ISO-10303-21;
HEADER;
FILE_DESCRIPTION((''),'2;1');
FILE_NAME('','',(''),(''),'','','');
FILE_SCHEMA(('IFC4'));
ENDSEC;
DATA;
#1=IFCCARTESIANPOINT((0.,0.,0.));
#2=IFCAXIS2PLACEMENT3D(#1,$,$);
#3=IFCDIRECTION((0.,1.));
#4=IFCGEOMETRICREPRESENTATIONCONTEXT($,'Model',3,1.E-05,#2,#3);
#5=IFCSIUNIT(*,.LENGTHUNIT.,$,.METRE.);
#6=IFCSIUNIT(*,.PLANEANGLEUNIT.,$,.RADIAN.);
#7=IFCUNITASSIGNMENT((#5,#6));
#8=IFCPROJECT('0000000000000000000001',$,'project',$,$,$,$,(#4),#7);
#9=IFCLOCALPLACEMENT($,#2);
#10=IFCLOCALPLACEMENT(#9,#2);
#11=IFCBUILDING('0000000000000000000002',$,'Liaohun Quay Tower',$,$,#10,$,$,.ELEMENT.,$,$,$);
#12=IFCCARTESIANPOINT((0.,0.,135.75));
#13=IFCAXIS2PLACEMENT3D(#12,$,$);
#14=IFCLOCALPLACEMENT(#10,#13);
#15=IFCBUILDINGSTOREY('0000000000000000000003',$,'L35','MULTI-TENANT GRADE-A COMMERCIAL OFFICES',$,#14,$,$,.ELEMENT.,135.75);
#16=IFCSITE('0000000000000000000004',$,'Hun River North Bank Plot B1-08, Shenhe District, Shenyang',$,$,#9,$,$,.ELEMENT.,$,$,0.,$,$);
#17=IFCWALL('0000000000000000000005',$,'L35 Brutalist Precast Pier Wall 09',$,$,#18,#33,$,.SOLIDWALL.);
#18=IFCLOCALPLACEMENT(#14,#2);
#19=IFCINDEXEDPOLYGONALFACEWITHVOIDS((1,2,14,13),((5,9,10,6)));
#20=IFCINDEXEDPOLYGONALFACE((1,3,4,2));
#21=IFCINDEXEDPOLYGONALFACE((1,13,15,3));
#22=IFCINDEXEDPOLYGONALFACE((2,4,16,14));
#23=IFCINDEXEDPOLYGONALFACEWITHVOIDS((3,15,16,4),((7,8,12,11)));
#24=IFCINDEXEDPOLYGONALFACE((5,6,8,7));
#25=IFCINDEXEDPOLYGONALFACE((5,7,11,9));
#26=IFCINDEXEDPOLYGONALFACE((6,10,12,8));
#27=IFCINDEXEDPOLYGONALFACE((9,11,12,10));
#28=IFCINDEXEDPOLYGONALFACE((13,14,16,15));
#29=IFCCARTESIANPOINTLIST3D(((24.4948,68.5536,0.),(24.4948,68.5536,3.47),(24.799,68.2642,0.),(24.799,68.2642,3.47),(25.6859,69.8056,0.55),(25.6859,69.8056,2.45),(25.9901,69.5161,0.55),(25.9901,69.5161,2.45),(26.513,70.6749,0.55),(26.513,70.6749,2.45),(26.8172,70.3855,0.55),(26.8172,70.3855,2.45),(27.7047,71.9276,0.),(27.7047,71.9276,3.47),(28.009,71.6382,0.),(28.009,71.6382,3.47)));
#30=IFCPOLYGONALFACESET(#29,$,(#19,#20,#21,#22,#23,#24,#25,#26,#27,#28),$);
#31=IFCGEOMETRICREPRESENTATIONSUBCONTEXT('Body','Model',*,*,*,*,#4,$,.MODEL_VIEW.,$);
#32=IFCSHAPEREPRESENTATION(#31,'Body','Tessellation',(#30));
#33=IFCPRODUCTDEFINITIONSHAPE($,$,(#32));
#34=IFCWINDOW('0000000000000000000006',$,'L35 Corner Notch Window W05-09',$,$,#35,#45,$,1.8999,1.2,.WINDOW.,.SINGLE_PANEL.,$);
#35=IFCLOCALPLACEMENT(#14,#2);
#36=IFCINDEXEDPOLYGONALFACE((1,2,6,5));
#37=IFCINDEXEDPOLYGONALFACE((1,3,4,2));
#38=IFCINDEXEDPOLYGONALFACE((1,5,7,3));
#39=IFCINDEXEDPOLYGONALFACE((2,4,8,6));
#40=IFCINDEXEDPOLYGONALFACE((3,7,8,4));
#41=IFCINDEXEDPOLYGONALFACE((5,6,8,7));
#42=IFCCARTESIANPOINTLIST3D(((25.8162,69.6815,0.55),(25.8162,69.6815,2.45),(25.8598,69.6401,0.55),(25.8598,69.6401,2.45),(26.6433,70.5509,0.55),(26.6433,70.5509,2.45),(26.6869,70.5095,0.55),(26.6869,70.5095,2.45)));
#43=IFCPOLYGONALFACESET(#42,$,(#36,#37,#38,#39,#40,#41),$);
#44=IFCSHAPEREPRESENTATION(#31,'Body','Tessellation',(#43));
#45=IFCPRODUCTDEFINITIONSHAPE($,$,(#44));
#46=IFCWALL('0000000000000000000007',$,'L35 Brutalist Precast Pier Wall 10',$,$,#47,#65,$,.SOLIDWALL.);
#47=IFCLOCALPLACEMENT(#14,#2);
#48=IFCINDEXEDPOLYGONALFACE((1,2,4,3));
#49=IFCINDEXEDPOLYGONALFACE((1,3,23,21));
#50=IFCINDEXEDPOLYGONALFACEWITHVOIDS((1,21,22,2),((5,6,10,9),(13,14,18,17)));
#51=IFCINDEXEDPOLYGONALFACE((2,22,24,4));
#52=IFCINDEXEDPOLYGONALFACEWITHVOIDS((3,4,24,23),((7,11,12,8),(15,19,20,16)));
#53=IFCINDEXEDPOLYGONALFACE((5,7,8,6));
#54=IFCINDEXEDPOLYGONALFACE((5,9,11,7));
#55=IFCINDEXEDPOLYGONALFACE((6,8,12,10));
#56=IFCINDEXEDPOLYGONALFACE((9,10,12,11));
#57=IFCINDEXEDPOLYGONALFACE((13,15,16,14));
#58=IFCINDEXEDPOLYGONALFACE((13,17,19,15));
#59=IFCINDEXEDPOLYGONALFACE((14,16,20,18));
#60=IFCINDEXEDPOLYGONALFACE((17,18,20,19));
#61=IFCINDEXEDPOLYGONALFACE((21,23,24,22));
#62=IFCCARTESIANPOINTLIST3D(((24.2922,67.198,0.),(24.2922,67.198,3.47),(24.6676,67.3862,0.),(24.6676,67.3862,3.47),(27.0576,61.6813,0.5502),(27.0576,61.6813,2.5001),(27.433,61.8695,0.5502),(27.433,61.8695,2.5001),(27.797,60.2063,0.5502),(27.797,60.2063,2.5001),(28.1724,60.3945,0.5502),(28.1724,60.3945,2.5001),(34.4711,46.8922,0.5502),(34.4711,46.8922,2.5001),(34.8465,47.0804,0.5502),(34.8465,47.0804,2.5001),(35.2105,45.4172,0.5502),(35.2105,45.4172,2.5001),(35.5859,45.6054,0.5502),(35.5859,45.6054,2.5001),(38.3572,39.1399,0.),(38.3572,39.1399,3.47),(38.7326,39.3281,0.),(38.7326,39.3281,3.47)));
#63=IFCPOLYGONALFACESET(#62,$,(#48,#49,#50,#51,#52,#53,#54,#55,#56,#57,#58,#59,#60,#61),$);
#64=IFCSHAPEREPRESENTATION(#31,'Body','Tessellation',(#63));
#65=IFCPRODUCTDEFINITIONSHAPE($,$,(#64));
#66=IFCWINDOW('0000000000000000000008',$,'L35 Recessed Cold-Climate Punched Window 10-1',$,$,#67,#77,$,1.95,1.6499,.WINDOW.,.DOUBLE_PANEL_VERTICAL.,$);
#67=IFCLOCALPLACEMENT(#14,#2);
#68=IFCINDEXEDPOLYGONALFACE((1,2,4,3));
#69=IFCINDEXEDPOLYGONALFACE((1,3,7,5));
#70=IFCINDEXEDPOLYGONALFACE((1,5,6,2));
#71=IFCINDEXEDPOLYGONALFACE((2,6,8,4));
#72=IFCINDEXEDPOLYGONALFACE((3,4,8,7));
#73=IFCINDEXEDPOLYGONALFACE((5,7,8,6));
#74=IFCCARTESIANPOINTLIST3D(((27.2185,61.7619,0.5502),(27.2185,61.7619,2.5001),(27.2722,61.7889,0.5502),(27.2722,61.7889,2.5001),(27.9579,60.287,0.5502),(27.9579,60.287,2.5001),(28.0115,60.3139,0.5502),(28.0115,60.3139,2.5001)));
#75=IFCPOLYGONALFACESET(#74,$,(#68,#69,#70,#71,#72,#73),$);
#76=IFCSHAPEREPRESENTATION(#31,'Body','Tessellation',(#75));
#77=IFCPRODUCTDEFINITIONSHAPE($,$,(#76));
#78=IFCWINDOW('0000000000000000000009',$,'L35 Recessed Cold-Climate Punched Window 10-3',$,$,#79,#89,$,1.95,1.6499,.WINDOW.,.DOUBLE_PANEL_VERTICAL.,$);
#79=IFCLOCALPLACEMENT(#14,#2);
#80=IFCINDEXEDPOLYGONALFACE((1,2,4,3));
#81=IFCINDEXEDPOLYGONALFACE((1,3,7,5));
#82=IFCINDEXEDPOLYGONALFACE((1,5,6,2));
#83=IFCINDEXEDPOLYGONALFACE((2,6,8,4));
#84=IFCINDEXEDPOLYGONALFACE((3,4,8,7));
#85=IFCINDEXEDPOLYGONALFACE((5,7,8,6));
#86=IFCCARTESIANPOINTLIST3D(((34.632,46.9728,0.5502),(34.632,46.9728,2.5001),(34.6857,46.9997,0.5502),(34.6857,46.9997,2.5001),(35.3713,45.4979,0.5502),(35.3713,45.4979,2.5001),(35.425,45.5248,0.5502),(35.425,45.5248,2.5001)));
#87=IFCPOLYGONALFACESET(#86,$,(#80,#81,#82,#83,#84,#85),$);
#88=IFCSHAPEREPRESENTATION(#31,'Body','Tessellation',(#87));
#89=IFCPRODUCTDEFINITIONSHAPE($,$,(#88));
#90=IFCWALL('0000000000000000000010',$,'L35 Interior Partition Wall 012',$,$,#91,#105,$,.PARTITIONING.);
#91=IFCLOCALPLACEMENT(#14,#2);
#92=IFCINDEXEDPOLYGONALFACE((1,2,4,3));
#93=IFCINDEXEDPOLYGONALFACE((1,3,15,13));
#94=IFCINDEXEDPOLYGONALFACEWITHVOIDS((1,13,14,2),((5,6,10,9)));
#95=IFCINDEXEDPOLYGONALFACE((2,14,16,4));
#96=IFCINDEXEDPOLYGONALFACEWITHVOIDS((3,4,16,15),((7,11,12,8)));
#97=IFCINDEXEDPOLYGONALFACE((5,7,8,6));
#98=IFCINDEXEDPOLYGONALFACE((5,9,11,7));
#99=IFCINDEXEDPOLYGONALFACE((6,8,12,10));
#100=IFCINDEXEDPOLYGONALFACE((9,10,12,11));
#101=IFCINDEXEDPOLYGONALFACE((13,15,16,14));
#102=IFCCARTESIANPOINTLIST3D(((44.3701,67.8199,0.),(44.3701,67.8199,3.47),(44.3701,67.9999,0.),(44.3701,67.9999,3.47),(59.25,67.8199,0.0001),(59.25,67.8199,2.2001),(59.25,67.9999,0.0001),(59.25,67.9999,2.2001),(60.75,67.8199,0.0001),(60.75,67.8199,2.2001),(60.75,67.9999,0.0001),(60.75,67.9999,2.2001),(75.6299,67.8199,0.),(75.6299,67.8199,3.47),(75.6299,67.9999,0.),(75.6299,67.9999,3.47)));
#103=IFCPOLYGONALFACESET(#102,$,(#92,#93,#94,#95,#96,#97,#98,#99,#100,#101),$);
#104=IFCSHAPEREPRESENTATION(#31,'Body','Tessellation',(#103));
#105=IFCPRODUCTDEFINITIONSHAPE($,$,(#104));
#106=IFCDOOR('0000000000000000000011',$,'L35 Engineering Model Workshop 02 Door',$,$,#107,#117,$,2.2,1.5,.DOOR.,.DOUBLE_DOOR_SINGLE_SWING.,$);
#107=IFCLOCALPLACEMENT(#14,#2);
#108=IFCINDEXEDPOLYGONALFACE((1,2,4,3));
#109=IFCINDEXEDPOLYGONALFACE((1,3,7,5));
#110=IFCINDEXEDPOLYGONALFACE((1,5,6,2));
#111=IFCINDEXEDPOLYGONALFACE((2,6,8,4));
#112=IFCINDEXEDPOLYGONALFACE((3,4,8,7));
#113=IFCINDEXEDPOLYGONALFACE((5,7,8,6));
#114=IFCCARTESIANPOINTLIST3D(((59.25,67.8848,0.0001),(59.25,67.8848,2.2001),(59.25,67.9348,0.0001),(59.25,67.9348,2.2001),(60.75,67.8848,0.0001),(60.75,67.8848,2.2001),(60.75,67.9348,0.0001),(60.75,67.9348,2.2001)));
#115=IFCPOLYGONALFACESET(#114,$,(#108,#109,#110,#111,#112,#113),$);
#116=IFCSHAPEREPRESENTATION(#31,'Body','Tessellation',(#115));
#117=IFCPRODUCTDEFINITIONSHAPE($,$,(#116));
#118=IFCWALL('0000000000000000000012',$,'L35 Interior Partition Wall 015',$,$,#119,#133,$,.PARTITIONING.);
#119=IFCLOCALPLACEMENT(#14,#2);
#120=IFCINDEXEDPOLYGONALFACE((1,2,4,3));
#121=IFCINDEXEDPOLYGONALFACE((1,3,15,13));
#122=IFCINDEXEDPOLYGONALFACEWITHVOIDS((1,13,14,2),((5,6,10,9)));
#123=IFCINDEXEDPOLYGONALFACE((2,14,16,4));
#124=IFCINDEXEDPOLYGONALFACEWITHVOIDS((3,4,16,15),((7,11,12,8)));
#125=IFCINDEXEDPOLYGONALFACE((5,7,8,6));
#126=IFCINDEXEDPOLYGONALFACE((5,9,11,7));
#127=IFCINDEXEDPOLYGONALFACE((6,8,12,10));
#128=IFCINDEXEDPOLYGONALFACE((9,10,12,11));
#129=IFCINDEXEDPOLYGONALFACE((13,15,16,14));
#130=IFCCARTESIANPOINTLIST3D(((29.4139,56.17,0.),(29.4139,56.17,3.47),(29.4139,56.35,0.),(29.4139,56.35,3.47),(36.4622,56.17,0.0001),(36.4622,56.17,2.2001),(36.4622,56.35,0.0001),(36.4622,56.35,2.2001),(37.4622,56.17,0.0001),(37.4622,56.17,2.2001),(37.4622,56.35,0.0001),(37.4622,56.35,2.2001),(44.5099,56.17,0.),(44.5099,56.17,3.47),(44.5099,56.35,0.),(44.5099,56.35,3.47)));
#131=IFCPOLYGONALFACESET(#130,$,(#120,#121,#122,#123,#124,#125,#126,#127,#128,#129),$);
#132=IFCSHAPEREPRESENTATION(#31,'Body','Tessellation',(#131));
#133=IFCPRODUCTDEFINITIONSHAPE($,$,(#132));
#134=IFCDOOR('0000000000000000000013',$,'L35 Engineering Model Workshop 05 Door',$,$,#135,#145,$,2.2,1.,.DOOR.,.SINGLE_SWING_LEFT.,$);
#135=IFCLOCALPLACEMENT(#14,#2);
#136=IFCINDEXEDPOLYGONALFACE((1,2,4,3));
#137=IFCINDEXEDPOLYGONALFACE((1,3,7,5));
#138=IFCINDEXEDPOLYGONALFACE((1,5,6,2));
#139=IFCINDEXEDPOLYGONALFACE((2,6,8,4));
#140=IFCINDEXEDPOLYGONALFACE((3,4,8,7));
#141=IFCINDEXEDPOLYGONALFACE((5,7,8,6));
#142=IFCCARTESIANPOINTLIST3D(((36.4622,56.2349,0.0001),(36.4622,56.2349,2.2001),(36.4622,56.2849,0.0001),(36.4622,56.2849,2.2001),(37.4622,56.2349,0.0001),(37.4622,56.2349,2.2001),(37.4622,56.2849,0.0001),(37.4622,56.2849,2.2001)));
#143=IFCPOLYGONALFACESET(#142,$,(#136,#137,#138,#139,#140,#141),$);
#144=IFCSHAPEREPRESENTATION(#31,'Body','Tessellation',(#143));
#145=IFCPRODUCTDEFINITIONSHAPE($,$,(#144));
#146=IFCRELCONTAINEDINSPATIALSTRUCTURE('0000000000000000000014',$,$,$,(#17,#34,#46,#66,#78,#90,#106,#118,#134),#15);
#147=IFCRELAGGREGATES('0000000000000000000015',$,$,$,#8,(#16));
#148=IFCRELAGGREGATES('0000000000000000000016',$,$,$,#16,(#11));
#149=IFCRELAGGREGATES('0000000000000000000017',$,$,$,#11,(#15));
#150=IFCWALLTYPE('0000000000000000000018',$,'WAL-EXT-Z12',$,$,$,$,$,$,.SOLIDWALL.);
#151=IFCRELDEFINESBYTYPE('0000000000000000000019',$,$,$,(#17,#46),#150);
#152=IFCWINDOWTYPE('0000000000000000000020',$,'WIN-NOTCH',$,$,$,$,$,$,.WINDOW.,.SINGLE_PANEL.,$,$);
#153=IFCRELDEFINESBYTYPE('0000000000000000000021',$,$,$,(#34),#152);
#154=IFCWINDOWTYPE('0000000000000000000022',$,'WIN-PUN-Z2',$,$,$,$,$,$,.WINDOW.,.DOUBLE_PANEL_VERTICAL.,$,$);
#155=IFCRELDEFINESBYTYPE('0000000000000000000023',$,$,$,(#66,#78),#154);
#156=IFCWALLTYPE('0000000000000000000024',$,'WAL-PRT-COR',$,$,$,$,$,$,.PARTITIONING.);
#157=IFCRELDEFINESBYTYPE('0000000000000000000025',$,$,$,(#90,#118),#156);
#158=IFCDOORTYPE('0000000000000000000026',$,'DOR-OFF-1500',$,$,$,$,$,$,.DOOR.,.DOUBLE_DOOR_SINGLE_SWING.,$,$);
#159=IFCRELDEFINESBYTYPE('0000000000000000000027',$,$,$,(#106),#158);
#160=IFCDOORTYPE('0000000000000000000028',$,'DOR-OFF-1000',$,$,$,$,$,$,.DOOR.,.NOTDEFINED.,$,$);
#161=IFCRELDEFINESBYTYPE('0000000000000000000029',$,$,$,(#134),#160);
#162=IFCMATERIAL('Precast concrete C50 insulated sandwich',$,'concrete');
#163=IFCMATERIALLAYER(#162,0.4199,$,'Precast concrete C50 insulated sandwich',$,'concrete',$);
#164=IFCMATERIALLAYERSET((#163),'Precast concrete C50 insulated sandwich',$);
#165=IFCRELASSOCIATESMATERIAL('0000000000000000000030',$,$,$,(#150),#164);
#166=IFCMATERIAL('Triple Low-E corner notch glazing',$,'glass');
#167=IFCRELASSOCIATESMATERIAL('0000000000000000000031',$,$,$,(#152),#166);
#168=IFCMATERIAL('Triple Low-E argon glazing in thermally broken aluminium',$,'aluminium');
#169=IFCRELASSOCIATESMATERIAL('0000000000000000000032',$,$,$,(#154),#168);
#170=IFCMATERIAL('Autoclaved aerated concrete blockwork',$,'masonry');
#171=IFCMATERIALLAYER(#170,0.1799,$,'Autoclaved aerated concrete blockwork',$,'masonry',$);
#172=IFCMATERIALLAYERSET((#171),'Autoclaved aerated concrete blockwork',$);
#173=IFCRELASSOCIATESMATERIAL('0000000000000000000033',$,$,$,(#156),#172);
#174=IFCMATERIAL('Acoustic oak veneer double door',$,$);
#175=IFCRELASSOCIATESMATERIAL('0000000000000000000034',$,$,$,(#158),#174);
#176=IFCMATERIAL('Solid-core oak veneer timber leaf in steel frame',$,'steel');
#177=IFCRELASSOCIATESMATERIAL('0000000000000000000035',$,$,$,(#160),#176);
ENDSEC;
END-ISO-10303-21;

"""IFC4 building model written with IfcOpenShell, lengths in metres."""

from ifc_helpers import new_model, si_unit, direction, frame, frame_2d, origin, place, context, subcontext, project, spatial, rectangle, extrude, source, transform, mapped, material, layer, layer_set, type_object, element, fill, save


model = new_model("IFC4")

# Units and contexts
model_context = context("Model", 3, precision=1e-05, world=origin(), true_north=direction((0.0, 1.0)))
body_context = subcontext(model_context, "Body", "Model", "MODEL_VIEW")
ifc_project = project(units=[si_unit("LENGTHUNIT", "METRE"), si_unit("PLANEANGLEUNIT", "RADIAN")], contexts=[model_context])

# Site, building, storey
site_placement = place(None, origin())
site = spatial("IfcSite", under=ifc_project, at=site_placement, Name="Hun River North Bank Plot B1-08, Shenhe District, Shenyang", CompositionType="ELEMENT", RefElevation=0.0)
building_placement = place(site_placement, origin())
building = spatial("IfcBuilding", under=site, at=building_placement, Name="Liaohun Quay Tower", CompositionType="ELEMENT")
storey_placement = place(building_placement, frame((0.0, 0.0, 135.75)))
storey = spatial("IfcBuildingStorey", under=building, at=storey_placement, Name="L35", Description="MULTI-TENANT GRADE-A COMMERCIAL OFFICES", CompositionType="ELEMENT", Elevation=135.75)

# Wall, opening, window
ifc_material_1 = material(Name="Precast concrete C50 insulated sandwich", Category="concrete")
ifc_layer_1 = layer(ifc_material_1, 0.4199, Name="Precast concrete C50 insulated sandwich", Category="concrete")
ifc_layer_set_1 = layer_set([ifc_layer_1], Name="Precast concrete C50 insulated sandwich")
wall_type_1 = type_object("IfcWallType", Name="WAL-EXT-Z12", PredefinedType="SOLIDWALL", material=ifc_layer_set_1)
shared_shape_1 = source(origin(), body_context, "Body", "SweptSolid", [
    extrude(rectangle(XDim=1.2, YDim=1.8999, at=frame_2d((0.6001, 0.95))), frame((0.0, 0.22, 0.0), z_axis=(0.0, -1.0, 0.0), x_axis=(1.0, 0.0, 0.0)), (0.0, 0.0, 1.0), 0.4399),
])
ifc_material_2 = material(Name="Triple Low-E corner notch glazing", Category="glass")
window_type_1 = type_object("IfcWindowType", Name="WIN-NOTCH", PartitioningType="SINGLE_PANEL", PredefinedType="WINDOW", material=ifc_material_2)
shared_shape_2 = source(origin(), body_context, "Body", "SweptSolid", [
    extrude(rectangle(XDim=1.2, YDim=1.8999, at=frame_2d((0.6001, 0.95))), frame((0.0, 0.03, 0.0), z_axis=(0.0, -1.0, 0.0), x_axis=(1.0, 0.0, 0.0)), (0.0, 0.0, 1.0), 0.0601),
])
wall_1_placement = place(storey_placement, frame((27.8569, 71.783, 0.0), z_axis=(0.0, 0.0, 1.0), x_axis=(-0.689273, -0.724502, 0.0)))
wall_1 = element("IfcWall", 1, at=wall_1_placement, inside=storey, type_object=wall_type_1, Name="L35 Brutalist Precast Pier Wall 09", PredefinedType="SOLIDWALL", context=body_context, shape_type="SweptSolid", body=[
    extrude(rectangle(XDim=4.657, YDim=0.4199, at=frame_2d((2.3286, 0.0))), origin(), (0.0, 0.0, 1.0), 3.47),
])
opening_1_placement = place(wall_1_placement, frame((1.729, 0.0, 0.55)))
opening_1 = element("IfcOpeningElement", 2, at=opening_1_placement, cuts=wall_1, PredefinedType="OPENING", context=body_context, shape_type="MappedRepresentation", body=[
    mapped(shared_shape_1, transform((0.0, 0.0, 0.0), x_axis=(1.0, 0.0, 0.0), y_axis=(0.0, 1.0, 0.0), z_axis=(0.0, 0.0, 1.0), scale=1.0)),
])
window_1_placement = place(opening_1_placement, origin())
window_1 = element("IfcWindow", 3, at=window_1_placement, inside=storey, type_object=window_type_1, Name="L35 Corner Notch Window W05-09", OverallHeight=1.8999, OverallWidth=1.2, PartitioningType="SINGLE_PANEL", PredefinedType="WINDOW", context=body_context, shape_type="MappedRepresentation", body=[
    mapped(shared_shape_2, transform((0.0, 0.0, 0.0), x_axis=(1.0, 0.0, 0.0), y_axis=(0.0, 1.0, 0.0), z_axis=(0.0, 0.0, 1.0), scale=1.0)),
])
fill(opening_1, window_1)

# Wall, openings, windows
wall_2_placement = place(storey_placement, frame((24.48, 67.292, 0.0), z_axis=(0.0, 0.0, 1.0), x_axis=(0.448128, -0.893969, 0.0)))
wall_2 = element("IfcWall", 4, at=wall_2_placement, inside=storey, type_object=wall_type_1, Name="L35 Brutalist Precast Pier Wall 10", PredefinedType="SOLIDWALL", context=body_context, shape_type="SweptSolid", body=[
    extrude(rectangle(XDim=31.386, YDim=0.4199, at=frame_2d((15.6929, 0.0))), origin(), (0.0, 0.0, 1.0), 3.47),
])
shared_shape_3 = source(origin(), body_context, "Body", "SweptSolid", [
    extrude(rectangle(XDim=1.6499, YDim=1.95, at=frame_2d((0.825, 0.9751))), frame((0.0, 0.22, 0.0), z_axis=(0.0, -1.0, 0.0), x_axis=(1.0, 0.0, 0.0)), (0.0, 0.0, 1.0), 0.4399),
])
opening_2_placement = place(wall_2_placement, frame((6.1709, 0.0, 0.55)))
opening_2 = element("IfcOpeningElement", 5, at=opening_2_placement, cuts=wall_2, PredefinedType="OPENING", context=body_context, shape_type="MappedRepresentation", body=[
    mapped(shared_shape_3, transform((0.0, 0.0, 0.0), x_axis=(1.0, 0.0, 0.0), y_axis=(0.0, 1.0, 0.0), z_axis=(0.0, 0.0, 1.0), scale=1.0)),
])
opening_3_placement = place(wall_2_placement, frame((22.7141, 0.0, 0.55)))
opening_3 = element("IfcOpeningElement", 6, at=opening_3_placement, cuts=wall_2, PredefinedType="OPENING", context=body_context, shape_type="MappedRepresentation", body=[
    mapped(shared_shape_3, transform((0.0, 0.0, 0.0), x_axis=(1.0, 0.0, 0.0), y_axis=(0.0, 1.0, 0.0), z_axis=(0.0, 0.0, 1.0), scale=1.0)),
])
ifc_material_3 = material(Name="Triple Low-E argon glazing in thermally broken aluminium", Category="aluminium")
window_type_2 = type_object("IfcWindowType", Name="WIN-PUN-Z2", PartitioningType="DOUBLE_PANEL_VERTICAL", PredefinedType="WINDOW", material=ifc_material_3)
shared_shape_4 = source(origin(), body_context, "Body", "SweptSolid", [
    extrude(rectangle(XDim=1.6499, YDim=1.95, at=frame_2d((0.825, 0.9751))), frame((0.0, 0.03, 0.0), z_axis=(0.0, -1.0, 0.0), x_axis=(1.0, 0.0, 0.0)), (0.0, 0.0, 1.0), 0.0601),
])
window_2_placement = place(opening_2_placement, origin())
window_2 = element("IfcWindow", 7, at=window_2_placement, inside=storey, type_object=window_type_2, Name="L35 Recessed Cold-Climate Punched Window 10-1", OverallHeight=1.95, OverallWidth=1.6499, PartitioningType="DOUBLE_PANEL_VERTICAL", PredefinedType="WINDOW", context=body_context, shape_type="MappedRepresentation", body=[
    mapped(shared_shape_4, transform((0.0, 0.0, 0.0), x_axis=(1.0, 0.0, 0.0), y_axis=(0.0, 1.0, 0.0), z_axis=(0.0, 0.0, 1.0), scale=1.0)),
])
fill(opening_2, window_2)
window_3_placement = place(opening_3_placement, origin())
window_3 = element("IfcWindow", 8, at=window_3_placement, inside=storey, type_object=window_type_2, Name="L35 Recessed Cold-Climate Punched Window 10-3", OverallHeight=1.95, OverallWidth=1.6499, PartitioningType="DOUBLE_PANEL_VERTICAL", PredefinedType="WINDOW", context=body_context, shape_type="MappedRepresentation", body=[
    mapped(shared_shape_4, transform((0.0, 0.0, 0.0), x_axis=(1.0, 0.0, 0.0), y_axis=(0.0, 1.0, 0.0), z_axis=(0.0, 0.0, 1.0), scale=1.0)),
])
fill(opening_3, window_3)

# Walls, openings, doors
ifc_material_4 = material(Name="Autoclaved aerated concrete blockwork", Category="masonry")
ifc_layer_2 = layer(ifc_material_4, 0.1799, Name="Autoclaved aerated concrete blockwork", Category="masonry")
ifc_layer_set_2 = layer_set([ifc_layer_2], Name="Autoclaved aerated concrete blockwork")
wall_type_2 = type_object("IfcWallType", Name="WAL-PRT-COR", PredefinedType="PARTITIONING", material=ifc_layer_set_2)
wall_3_placement = place(storey_placement, frame((44.3701, 67.9099, 0.0), z_axis=(0.0, 0.0, 1.0), x_axis=(1.0, 0.0, 0.0)))
wall_3 = element("IfcWall", 9, at=wall_3_placement, inside=storey, type_object=wall_type_2, Name="L35 Interior Partition Wall 012", PredefinedType="PARTITIONING", context=body_context, shape_type="SweptSolid", body=[
    extrude(rectangle(XDim=31.2598, YDim=0.1799, at=frame_2d((15.6299, 0.0))), origin(), (0.0, 0.0, 1.0), 3.47),
])
shared_shape_5 = source(origin(), body_context, "Body", "SweptSolid", [
    extrude(rectangle(XDim=1.5, YDim=2.2, at=frame_2d((0.75, 1.1001))), frame((0.0, 0.0999, 0.0), z_axis=(0.0, -1.0, 0.0), x_axis=(1.0, 0.0, 0.0)), (0.0, 0.0, 1.0), 0.2),
])
opening_4_placement = place(wall_3_placement, frame((14.8799, 0.0, 0.0)))
opening_4 = element("IfcOpeningElement", 10, at=opening_4_placement, cuts=wall_3, PredefinedType="OPENING", context=body_context, shape_type="MappedRepresentation", body=[
    mapped(shared_shape_5, transform((0.0, 0.0, 0.0), x_axis=(1.0, 0.0, 0.0), y_axis=(0.0, 1.0, 0.0), z_axis=(0.0, 0.0, 1.0), scale=1.0)),
])
ifc_material_5 = material(Name="Acoustic oak veneer double door")
door_type_1 = type_object("IfcDoorType", Name="DOR-OFF-1500", OperationType="DOUBLE_DOOR_SINGLE_SWING", PredefinedType="DOOR", material=ifc_material_5)
shared_shape_6 = source(origin(), body_context, "Body", "SweptSolid", [
    extrude(rectangle(XDim=1.5, YDim=2.2, at=frame_2d((0.75, 1.1001))), frame((0.0, 0.0249, 0.0), z_axis=(0.0, -1.0, 0.0), x_axis=(1.0, 0.0, 0.0)), (0.0, 0.0, 1.0), 0.05),
])
door_1_placement = place(opening_4_placement, origin())
door_1 = element("IfcDoor", 11, at=door_1_placement, inside=storey, type_object=door_type_1, Name="L35 Engineering Model Workshop 02 Door", OperationType="DOUBLE_DOOR_SINGLE_SWING", OverallHeight=2.2, OverallWidth=1.5, PredefinedType="DOOR", context=body_context, shape_type="MappedRepresentation", body=[
    mapped(shared_shape_6, transform((0.0, 0.0, 0.0), x_axis=(1.0, 0.0, 0.0), y_axis=(0.0, 1.0, 0.0), z_axis=(0.0, 0.0, 1.0), scale=1.0)),
])
fill(opening_4, door_1)
wall_4_placement = place(storey_placement, frame((29.4141, 56.26, 0.0), z_axis=(0.0, 0.0, 1.0), x_axis=(1.0, 0.0, 0.0)))
wall_4 = element("IfcWall", 12, at=wall_4_placement, inside=storey, type_object=wall_type_2, Name="L35 Interior Partition Wall 015", PredefinedType="PARTITIONING", context=body_context, shape_type="SweptSolid", body=[
    extrude(rectangle(XDim=15.0959, YDim=0.1799, at=frame_2d((7.5479, 0.0))), origin(), (0.0, 0.0, 1.0), 3.47),
])
shared_shape_7 = source(origin(), body_context, "Body", "SweptSolid", [
    extrude(rectangle(XDim=1.0, YDim=2.2, at=frame_2d((0.5, 1.1001))), frame((0.0, 0.0999, 0.0), z_axis=(0.0, -1.0, 0.0), x_axis=(1.0, 0.0, 0.0)), (0.0, 0.0, 1.0), 0.2),
])
opening_5_placement = place(wall_4_placement, frame((7.0481, 0.0, 0.0)))
opening_5 = element("IfcOpeningElement", 13, at=opening_5_placement, cuts=wall_4, PredefinedType="OPENING", context=body_context, shape_type="MappedRepresentation", body=[
    mapped(shared_shape_7, transform((0.0, 0.0, 0.0), x_axis=(1.0, 0.0, 0.0), y_axis=(0.0, 1.0, 0.0), z_axis=(0.0, 0.0, 1.0), scale=1.0)),
])
ifc_material_6 = material(Name="Solid-core oak veneer timber leaf in steel frame", Category="steel")
door_type_2 = type_object("IfcDoorType", Name="DOR-OFF-1000", OperationType="NOTDEFINED", PredefinedType="DOOR", material=ifc_material_6)
shared_shape_8 = source(origin(), body_context, "Body", "SweptSolid", [
    extrude(rectangle(XDim=1.0, YDim=2.2, at=frame_2d((0.5, 1.1001))), frame((0.0, 0.0249, 0.0), z_axis=(0.0, -1.0, 0.0), x_axis=(1.0, 0.0, 0.0)), (0.0, 0.0, 1.0), 0.05),
])
door_2_placement = place(opening_5_placement, origin())
door_2 = element("IfcDoor", 14, at=door_2_placement, inside=storey, type_object=door_type_2, Name="L35 Engineering Model Workshop 05 Door", OperationType="SINGLE_SWING_LEFT", OverallHeight=2.2, OverallWidth=1.0, PredefinedType="DOOR", context=body_context, shape_type="MappedRepresentation", body=[
    mapped(shared_shape_8, transform((0.0, 0.0, 0.0), x_axis=(1.0, 0.0, 0.0), y_axis=(0.0, 1.0, 0.0), z_axis=(0.0, 0.0, 1.0), scale=1.0)),
])
fill(opening_5, door_2)

save(model, "model.ifc")
